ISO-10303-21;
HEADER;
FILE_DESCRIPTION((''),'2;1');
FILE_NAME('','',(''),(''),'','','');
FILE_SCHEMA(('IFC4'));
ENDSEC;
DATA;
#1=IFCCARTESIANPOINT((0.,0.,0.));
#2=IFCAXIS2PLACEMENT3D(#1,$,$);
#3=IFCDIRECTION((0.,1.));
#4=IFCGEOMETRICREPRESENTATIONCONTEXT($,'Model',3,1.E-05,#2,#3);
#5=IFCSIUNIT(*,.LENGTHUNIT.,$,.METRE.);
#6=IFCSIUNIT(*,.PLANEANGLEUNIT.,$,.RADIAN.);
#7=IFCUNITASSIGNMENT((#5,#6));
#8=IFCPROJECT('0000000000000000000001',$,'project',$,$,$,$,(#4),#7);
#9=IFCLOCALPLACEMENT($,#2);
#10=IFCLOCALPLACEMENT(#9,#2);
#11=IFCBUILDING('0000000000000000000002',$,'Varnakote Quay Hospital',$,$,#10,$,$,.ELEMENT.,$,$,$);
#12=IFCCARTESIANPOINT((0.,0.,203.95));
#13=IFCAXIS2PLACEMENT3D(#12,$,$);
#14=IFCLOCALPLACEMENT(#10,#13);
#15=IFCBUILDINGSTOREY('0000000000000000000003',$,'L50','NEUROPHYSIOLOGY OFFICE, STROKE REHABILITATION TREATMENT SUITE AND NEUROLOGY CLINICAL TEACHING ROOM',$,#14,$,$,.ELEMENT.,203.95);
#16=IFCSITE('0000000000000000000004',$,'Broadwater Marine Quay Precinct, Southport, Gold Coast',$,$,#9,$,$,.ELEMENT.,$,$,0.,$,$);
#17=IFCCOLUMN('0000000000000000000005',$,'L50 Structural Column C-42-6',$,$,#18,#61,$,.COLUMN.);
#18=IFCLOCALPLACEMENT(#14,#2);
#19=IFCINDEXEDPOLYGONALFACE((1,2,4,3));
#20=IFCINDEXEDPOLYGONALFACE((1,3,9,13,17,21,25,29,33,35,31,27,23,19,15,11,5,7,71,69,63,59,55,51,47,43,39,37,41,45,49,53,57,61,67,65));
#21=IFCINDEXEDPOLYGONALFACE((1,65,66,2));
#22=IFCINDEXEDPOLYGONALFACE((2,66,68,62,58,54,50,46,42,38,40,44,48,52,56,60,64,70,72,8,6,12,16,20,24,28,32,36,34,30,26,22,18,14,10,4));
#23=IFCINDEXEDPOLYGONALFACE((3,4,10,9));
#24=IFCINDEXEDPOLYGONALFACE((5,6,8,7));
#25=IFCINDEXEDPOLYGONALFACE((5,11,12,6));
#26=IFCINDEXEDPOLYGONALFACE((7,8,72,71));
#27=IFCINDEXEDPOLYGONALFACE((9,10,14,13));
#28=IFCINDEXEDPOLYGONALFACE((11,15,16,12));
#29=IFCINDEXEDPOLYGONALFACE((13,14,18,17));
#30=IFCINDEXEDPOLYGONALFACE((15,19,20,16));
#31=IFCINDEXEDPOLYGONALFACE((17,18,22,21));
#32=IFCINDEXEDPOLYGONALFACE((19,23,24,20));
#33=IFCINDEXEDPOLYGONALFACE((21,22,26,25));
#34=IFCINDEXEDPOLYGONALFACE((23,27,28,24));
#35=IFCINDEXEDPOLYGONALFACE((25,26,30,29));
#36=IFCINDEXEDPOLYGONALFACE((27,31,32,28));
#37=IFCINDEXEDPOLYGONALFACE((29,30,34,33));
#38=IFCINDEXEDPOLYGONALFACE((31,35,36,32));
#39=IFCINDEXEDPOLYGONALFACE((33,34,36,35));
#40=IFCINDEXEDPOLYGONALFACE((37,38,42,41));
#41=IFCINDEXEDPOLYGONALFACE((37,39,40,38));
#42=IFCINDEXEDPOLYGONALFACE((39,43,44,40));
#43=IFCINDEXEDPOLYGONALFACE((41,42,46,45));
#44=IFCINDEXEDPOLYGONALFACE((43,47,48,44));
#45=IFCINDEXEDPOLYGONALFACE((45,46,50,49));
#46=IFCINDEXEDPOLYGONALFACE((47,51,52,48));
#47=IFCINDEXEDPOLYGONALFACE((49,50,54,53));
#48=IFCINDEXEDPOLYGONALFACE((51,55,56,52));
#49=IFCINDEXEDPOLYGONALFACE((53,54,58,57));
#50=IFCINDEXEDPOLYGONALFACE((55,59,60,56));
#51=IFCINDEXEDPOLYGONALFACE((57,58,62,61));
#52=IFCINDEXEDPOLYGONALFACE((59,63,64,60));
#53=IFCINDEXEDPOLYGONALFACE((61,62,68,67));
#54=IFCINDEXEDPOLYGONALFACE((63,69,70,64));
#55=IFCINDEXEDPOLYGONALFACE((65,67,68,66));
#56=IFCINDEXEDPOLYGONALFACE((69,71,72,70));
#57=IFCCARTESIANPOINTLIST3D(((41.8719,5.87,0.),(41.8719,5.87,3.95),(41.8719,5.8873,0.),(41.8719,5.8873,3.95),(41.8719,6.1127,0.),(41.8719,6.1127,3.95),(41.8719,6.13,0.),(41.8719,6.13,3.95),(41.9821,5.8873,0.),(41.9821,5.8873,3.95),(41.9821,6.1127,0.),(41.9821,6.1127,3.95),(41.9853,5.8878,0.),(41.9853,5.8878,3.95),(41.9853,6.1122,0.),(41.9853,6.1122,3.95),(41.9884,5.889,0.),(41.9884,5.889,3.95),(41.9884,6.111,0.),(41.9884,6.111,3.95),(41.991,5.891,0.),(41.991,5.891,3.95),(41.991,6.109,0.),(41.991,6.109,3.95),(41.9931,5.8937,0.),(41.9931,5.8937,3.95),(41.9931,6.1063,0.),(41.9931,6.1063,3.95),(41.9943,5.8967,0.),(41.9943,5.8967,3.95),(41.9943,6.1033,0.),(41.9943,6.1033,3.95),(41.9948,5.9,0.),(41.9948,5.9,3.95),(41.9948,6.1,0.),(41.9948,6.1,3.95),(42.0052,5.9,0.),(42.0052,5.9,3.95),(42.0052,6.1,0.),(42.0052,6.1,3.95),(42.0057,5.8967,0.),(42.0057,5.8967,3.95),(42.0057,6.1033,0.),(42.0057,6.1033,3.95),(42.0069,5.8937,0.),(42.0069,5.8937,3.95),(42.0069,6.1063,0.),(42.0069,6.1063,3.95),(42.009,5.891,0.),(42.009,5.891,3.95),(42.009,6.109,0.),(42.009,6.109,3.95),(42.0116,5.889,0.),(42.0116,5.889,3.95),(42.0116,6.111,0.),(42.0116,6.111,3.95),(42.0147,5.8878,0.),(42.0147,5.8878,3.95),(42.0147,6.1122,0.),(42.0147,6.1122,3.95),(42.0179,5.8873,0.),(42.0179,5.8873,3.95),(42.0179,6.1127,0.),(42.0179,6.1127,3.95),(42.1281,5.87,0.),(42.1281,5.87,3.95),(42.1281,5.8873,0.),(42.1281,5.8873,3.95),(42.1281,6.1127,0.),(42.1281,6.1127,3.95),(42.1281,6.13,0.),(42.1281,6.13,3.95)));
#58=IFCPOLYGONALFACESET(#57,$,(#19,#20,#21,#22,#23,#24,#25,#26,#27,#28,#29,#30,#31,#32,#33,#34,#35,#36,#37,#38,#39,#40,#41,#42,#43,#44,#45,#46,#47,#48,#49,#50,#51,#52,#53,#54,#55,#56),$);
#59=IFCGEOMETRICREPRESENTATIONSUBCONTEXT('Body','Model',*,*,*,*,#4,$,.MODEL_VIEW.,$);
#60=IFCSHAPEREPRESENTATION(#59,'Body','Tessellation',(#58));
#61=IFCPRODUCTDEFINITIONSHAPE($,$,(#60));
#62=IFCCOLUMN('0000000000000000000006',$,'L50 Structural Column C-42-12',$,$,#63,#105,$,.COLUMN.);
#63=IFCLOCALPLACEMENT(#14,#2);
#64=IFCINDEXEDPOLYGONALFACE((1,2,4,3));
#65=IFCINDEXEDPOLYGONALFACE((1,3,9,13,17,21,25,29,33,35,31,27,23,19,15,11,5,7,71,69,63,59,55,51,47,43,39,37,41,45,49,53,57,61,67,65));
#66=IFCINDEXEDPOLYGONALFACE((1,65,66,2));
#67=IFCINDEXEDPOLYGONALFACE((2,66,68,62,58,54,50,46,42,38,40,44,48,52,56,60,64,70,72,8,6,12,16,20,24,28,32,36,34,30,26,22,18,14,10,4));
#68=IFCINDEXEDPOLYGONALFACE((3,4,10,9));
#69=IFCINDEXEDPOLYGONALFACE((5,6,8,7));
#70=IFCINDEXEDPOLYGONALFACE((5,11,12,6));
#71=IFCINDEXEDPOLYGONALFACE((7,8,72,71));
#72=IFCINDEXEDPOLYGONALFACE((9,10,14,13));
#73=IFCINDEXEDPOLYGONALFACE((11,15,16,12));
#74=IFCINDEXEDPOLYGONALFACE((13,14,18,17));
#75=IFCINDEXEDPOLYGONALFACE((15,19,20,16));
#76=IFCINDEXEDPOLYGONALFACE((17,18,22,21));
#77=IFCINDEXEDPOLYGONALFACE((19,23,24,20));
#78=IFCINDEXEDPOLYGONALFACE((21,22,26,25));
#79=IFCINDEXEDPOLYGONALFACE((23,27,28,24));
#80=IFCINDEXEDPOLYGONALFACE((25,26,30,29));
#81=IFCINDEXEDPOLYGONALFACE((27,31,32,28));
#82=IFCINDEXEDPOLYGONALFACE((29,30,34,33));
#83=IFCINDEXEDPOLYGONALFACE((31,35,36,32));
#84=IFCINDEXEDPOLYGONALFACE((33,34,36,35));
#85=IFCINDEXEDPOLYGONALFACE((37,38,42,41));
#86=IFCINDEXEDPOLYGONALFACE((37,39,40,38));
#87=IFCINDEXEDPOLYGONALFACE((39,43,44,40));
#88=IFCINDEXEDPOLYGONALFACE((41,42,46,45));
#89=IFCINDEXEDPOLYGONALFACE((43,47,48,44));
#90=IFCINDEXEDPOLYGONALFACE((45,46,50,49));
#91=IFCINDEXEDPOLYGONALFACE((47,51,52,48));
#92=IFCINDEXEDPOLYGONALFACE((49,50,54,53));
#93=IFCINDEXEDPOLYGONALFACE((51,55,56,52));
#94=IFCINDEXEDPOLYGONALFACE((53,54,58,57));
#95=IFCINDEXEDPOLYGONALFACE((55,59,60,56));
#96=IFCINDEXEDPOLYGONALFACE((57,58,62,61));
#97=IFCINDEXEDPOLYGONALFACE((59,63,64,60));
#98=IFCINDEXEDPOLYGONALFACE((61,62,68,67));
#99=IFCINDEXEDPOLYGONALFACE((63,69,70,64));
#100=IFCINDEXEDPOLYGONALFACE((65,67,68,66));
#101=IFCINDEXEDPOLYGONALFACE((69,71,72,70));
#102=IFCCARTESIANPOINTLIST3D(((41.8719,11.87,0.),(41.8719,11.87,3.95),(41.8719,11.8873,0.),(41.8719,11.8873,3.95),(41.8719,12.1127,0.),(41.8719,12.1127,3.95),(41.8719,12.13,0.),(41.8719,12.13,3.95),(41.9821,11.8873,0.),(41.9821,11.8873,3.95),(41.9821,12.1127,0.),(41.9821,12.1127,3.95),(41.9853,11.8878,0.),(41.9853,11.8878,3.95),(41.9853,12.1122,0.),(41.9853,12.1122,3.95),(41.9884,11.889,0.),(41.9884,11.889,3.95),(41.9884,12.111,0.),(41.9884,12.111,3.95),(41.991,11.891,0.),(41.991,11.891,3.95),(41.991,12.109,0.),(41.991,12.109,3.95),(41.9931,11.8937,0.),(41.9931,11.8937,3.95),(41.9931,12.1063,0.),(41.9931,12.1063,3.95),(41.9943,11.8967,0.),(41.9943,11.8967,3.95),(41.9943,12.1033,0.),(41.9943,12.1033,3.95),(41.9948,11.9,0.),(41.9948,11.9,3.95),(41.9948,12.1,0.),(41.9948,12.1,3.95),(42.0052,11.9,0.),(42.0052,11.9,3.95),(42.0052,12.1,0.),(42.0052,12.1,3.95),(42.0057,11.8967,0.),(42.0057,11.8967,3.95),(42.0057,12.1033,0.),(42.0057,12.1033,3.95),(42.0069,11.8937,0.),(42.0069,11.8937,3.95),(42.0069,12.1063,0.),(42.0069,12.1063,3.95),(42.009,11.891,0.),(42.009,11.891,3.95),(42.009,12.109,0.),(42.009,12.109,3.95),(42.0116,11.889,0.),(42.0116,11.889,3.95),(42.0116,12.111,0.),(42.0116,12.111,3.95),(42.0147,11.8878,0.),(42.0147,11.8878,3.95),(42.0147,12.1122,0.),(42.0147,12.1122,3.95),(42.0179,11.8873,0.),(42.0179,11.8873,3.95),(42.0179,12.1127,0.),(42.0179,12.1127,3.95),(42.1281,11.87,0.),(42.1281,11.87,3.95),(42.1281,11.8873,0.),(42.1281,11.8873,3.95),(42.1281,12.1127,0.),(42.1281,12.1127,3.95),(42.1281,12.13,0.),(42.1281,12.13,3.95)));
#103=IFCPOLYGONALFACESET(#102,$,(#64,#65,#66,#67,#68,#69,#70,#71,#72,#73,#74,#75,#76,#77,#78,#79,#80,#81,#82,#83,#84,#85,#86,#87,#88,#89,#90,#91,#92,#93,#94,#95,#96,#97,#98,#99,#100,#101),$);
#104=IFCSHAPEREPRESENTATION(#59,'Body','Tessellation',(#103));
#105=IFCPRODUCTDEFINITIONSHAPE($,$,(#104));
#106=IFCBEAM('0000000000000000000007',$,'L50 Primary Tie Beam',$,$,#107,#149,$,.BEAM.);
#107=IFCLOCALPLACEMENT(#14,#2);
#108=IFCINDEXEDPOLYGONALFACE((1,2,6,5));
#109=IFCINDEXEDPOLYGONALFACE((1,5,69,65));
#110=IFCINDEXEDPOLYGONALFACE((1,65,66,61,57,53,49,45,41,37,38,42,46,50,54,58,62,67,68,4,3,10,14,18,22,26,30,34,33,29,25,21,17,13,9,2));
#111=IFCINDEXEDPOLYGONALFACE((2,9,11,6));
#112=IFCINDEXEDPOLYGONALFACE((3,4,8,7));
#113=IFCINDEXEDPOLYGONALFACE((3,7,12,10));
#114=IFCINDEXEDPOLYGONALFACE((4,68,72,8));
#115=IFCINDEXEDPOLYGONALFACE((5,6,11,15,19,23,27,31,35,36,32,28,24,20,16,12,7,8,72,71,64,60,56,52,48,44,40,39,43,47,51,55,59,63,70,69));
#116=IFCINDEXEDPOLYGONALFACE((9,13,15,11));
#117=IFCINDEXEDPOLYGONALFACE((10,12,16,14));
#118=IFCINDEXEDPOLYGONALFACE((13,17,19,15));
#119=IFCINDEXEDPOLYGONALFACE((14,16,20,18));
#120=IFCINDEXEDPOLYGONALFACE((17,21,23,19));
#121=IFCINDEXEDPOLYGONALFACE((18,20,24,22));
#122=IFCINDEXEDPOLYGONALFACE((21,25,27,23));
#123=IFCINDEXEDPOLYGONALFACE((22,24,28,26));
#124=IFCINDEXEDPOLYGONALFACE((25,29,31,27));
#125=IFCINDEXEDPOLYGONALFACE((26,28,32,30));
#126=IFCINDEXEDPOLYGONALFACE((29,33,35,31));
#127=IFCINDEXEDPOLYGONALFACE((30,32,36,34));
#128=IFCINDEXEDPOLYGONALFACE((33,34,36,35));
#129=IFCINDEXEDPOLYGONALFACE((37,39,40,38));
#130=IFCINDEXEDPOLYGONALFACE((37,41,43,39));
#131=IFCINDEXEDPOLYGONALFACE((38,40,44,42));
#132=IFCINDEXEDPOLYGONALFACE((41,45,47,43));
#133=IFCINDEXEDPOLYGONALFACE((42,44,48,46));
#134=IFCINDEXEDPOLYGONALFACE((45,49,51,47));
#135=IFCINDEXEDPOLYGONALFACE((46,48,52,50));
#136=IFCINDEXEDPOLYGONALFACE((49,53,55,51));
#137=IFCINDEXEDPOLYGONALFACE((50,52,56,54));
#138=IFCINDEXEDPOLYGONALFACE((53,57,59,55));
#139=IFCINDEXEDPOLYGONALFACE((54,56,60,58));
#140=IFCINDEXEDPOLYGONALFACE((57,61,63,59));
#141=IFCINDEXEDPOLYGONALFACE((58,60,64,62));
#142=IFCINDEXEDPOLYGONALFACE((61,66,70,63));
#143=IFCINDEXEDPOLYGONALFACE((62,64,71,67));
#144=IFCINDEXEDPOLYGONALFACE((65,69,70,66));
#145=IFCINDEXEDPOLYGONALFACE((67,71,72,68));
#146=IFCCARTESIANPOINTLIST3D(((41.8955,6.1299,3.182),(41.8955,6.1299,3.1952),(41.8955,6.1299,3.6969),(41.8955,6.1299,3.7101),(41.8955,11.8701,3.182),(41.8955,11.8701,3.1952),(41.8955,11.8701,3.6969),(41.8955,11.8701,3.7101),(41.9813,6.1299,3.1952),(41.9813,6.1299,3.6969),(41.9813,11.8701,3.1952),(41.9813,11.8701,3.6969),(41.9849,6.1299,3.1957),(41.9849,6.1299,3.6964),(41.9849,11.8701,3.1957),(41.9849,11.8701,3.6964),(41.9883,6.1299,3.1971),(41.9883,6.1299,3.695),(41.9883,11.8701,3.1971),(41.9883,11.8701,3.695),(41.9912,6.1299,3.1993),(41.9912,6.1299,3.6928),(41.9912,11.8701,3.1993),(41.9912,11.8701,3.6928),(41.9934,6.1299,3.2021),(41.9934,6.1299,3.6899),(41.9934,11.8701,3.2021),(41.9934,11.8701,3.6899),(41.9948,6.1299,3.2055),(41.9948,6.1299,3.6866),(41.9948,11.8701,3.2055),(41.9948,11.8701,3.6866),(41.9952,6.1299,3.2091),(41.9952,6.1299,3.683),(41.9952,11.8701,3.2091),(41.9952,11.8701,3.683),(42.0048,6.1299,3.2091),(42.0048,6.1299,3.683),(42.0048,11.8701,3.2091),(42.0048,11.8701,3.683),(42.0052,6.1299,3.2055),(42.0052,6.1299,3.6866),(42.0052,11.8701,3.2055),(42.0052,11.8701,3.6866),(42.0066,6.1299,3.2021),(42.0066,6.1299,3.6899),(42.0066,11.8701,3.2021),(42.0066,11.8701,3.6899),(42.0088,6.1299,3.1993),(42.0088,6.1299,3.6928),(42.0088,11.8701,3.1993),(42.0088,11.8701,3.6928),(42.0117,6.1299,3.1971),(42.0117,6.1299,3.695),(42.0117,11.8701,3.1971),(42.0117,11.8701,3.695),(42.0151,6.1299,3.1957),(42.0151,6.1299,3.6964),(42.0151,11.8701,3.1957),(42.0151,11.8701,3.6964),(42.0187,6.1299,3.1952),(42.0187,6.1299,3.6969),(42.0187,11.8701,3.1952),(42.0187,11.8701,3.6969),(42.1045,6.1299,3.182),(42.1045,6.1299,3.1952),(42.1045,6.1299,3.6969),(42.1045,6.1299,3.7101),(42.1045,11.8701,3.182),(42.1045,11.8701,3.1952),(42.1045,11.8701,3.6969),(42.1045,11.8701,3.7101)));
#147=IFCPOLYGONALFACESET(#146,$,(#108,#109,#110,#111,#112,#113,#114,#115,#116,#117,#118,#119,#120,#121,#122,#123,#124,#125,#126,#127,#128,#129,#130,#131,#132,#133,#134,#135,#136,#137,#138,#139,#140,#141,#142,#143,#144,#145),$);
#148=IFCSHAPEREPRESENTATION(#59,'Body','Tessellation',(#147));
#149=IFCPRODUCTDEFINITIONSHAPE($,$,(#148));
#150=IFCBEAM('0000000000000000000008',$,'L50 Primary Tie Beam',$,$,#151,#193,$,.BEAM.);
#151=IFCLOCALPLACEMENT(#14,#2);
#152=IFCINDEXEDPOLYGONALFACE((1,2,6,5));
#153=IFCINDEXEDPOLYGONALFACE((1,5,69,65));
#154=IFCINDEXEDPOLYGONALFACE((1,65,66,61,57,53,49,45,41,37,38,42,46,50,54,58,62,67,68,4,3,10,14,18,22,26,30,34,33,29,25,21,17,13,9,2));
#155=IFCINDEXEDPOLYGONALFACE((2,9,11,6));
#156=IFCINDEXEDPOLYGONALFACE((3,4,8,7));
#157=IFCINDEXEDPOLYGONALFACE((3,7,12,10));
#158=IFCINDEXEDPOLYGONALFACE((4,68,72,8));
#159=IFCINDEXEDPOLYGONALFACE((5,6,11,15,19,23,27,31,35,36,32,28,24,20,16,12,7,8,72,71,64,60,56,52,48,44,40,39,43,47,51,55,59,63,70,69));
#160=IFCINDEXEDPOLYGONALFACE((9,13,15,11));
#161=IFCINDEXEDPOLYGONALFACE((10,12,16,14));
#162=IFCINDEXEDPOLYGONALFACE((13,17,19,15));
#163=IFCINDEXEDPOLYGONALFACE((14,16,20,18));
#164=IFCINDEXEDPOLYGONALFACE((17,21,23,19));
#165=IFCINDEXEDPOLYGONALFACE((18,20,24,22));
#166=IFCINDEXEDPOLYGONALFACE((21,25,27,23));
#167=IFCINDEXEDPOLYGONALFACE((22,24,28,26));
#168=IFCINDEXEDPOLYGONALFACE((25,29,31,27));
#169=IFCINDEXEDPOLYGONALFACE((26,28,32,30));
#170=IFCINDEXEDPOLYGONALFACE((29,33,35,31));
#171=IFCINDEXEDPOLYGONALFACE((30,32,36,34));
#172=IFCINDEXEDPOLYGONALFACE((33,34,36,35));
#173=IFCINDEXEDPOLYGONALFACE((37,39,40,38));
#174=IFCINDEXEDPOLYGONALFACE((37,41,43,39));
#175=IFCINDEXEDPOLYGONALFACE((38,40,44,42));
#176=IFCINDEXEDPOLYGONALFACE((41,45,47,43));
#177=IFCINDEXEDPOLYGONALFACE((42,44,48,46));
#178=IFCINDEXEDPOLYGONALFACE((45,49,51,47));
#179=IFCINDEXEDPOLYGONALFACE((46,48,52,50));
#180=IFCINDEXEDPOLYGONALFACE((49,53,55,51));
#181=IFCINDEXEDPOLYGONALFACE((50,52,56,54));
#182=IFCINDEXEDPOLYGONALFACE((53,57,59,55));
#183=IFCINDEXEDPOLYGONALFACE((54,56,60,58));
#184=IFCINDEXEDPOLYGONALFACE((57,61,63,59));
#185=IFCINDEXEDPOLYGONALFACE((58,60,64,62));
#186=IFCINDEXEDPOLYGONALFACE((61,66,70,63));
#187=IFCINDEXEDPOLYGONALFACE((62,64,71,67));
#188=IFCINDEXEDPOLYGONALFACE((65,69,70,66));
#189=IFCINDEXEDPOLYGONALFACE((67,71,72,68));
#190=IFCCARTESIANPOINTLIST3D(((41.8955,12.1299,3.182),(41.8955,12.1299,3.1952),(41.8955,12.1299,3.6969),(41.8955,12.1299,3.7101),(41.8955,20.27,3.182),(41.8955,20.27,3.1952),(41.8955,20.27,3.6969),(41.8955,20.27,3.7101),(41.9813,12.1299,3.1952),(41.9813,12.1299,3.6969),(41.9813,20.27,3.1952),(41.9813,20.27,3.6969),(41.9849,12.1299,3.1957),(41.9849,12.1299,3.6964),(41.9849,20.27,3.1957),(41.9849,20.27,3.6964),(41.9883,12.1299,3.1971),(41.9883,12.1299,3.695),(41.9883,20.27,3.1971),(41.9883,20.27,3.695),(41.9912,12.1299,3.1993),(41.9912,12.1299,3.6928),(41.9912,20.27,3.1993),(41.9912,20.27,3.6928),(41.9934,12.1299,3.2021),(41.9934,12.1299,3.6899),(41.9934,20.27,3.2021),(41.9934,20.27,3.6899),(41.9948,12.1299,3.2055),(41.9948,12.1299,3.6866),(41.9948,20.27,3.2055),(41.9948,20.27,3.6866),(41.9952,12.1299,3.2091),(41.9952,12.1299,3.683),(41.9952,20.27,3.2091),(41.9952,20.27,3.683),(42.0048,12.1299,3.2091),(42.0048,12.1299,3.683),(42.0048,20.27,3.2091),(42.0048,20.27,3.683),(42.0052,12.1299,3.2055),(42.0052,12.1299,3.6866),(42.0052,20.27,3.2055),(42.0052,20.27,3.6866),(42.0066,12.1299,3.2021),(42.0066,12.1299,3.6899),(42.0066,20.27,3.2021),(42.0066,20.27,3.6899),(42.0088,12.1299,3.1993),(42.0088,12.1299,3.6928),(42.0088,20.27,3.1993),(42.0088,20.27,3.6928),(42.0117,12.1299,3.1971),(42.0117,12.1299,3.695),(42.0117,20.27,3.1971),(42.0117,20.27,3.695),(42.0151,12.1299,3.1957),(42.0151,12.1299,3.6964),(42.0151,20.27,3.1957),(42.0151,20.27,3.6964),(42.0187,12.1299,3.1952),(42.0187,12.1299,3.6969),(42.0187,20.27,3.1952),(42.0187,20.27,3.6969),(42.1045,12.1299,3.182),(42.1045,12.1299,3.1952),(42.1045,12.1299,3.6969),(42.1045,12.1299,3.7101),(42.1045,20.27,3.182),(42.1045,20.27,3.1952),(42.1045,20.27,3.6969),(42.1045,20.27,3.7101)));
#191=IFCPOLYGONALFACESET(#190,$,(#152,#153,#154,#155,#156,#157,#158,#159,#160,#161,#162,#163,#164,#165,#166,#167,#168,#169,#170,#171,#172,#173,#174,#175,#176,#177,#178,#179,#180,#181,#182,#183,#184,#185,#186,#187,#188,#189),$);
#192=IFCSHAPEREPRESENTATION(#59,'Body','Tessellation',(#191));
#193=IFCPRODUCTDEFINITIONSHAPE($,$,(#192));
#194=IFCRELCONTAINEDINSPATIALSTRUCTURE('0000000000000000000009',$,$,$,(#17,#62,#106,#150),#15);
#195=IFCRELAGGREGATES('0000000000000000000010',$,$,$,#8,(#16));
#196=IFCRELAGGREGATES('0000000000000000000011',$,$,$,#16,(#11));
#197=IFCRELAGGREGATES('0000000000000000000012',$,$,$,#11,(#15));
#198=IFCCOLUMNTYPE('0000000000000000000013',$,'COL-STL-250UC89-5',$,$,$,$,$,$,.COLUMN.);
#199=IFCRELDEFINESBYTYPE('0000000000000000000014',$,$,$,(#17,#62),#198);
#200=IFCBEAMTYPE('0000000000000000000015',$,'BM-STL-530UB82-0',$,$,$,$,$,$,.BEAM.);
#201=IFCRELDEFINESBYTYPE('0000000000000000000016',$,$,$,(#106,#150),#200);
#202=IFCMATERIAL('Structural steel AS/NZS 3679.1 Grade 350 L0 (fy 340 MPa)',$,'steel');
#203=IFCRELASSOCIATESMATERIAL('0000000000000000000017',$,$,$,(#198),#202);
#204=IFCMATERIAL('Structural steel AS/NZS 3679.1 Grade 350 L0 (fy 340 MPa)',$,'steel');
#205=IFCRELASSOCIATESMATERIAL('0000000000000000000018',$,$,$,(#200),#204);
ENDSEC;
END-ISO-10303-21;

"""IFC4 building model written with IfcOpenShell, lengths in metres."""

from ifc_helpers import new_model, si_unit, direction, frame, origin, origin_2d, place, context, subcontext, project, spatial, i_section, extrude, material, material_profile, profile_set, type_object, element, save


model = new_model("IFC4")

# Units and contexts
model_context = context("Model", 3, precision=1e-05, world=origin(), true_north=direction((0.0, 1.0)))
body_context = subcontext(model_context, "Body", "Model", "MODEL_VIEW")
ifc_project = project(units=[si_unit("LENGTHUNIT", "METRE"), si_unit("PLANEANGLEUNIT", "RADIAN")], contexts=[model_context])

# Site, building, storey
site_placement = place(None, origin())
site = spatial("IfcSite", under=ifc_project, at=site_placement, Name="Broadwater Marine Quay Precinct, Southport, Gold Coast", CompositionType="ELEMENT", RefElevation=0.0)
building_placement = place(site_placement, origin())
building = spatial("IfcBuilding", under=site, at=building_placement, Name="Varnakote Quay Hospital", CompositionType="ELEMENT")
storey_placement = place(building_placement, frame((0.0, 0.0, 203.95)))
storey = spatial("IfcBuildingStorey", under=building, at=storey_placement, Name="L50", Description="NEUROPHYSIOLOGY OFFICE, STROKE REHABILITATION TREATMENT SUITE AND NEUROLOGY CLINICAL TEACHING ROOM", CompositionType="ELEMENT", Elevation=203.95)

# Columns
ifc_material_1 = material(Name="Structural steel AS/NZS 3679.1 Grade 350 L0 (fy 340 MPa)", Category="steel")
ifc_material_profile_1 = material_profile(ifc_material_1, i_section(OverallWidth=0.2561, OverallDepth=0.26, WebThickness=0.0105, FlangeThickness=0.0173, FilletRadius=0.0127, at=origin_2d()), Name="250UC89.5")
ifc_profile_set_1 = profile_set([ifc_material_profile_1], Name="Structural steel AS/NZS 3679.1 Grade 350 L0 (fy 340 MPa)")
column_type = type_object("IfcColumnType", Name="COL-STL-250UC89-5", PredefinedType="COLUMN", material=ifc_profile_set_1)
for number, where, z_axis, x_axis, name in (
    (1, (42.0, 6.0, 0.0), (0.0, 0.0, 1.0), (1.0, 0.0, 0.0), "L50 Structural Column C-42-6"),
    (2, (42.0, 12.0, 0.0), (0.0, 0.0, 1.0), (1.0, 0.0, 0.0), "L50 Structural Column C-42-12"),
):
    element("IfcColumn", number, at=place(storey_placement, frame(where, z_axis=z_axis, x_axis=x_axis)), inside=storey, type_object=column_type, Name=name, PredefinedType="COLUMN", context=body_context, shape_type="SweptSolid", body=[
        extrude(i_section(OverallWidth=0.2561, OverallDepth=0.26, WebThickness=0.0105, FlangeThickness=0.0173, FilletRadius=0.0127, at=origin_2d()), origin(), (0.0, 0.0, 1.0), 3.95),
    ])

# Beams
ifc_material_2 = material(Name="Structural steel AS/NZS 3679.1 Grade 350 L0 (fy 340 MPa)", Category="steel")
ifc_material_profile_2 = material_profile(ifc_material_2, i_section(OverallWidth=0.209, OverallDepth=0.5281, WebThickness=0.0095, FlangeThickness=0.0132, FilletRadius=0.0139, at=origin_2d()), Name="530UB82.0")
ifc_profile_set_2 = profile_set([ifc_material_profile_2], Name="Structural steel AS/NZS 3679.1 Grade 350 L0 (fy 340 MPa)")
beam_type_1 = type_object("IfcBeamType", Name="BM-STL-530UB82-0", PredefinedType="BEAM", material=ifc_profile_set_2)
beam_1_placement = place(storey_placement, frame((42.0, 6.1299, 3.446), z_axis=(0.0, 1.0, 0.0), x_axis=(-1.0, 0.0, 0.0)))
element("IfcBeam", 3, at=beam_1_placement, inside=storey, type_object=beam_type_1, Name="L50 Primary Tie Beam", PredefinedType="BEAM", context=body_context, shape_type="SweptSolid", body=[
    extrude(i_section(OverallWidth=0.209, OverallDepth=0.5281, WebThickness=0.0095, FlangeThickness=0.0132, FilletRadius=0.0139, at=origin_2d()), origin(), (0.0, 0.0, 1.0), 5.7402),
])
beam_2_placement = place(storey_placement, frame((42.0, 12.1299, 3.446), z_axis=(0.0, 1.0, 0.0), x_axis=(-1.0, 0.0, 0.0)))
element("IfcBeam", 4, at=beam_2_placement, inside=storey, type_object=beam_type_1, Name="L50 Primary Tie Beam", PredefinedType="BEAM", context=body_context, shape_type="SweptSolid", body=[
    extrude(i_section(OverallWidth=0.209, OverallDepth=0.5281, WebThickness=0.0095, FlangeThickness=0.0132, FilletRadius=0.0139, at=origin_2d()), origin(), (0.0, 0.0, 1.0), 8.1401),
])

save(model, "model.ifc")
